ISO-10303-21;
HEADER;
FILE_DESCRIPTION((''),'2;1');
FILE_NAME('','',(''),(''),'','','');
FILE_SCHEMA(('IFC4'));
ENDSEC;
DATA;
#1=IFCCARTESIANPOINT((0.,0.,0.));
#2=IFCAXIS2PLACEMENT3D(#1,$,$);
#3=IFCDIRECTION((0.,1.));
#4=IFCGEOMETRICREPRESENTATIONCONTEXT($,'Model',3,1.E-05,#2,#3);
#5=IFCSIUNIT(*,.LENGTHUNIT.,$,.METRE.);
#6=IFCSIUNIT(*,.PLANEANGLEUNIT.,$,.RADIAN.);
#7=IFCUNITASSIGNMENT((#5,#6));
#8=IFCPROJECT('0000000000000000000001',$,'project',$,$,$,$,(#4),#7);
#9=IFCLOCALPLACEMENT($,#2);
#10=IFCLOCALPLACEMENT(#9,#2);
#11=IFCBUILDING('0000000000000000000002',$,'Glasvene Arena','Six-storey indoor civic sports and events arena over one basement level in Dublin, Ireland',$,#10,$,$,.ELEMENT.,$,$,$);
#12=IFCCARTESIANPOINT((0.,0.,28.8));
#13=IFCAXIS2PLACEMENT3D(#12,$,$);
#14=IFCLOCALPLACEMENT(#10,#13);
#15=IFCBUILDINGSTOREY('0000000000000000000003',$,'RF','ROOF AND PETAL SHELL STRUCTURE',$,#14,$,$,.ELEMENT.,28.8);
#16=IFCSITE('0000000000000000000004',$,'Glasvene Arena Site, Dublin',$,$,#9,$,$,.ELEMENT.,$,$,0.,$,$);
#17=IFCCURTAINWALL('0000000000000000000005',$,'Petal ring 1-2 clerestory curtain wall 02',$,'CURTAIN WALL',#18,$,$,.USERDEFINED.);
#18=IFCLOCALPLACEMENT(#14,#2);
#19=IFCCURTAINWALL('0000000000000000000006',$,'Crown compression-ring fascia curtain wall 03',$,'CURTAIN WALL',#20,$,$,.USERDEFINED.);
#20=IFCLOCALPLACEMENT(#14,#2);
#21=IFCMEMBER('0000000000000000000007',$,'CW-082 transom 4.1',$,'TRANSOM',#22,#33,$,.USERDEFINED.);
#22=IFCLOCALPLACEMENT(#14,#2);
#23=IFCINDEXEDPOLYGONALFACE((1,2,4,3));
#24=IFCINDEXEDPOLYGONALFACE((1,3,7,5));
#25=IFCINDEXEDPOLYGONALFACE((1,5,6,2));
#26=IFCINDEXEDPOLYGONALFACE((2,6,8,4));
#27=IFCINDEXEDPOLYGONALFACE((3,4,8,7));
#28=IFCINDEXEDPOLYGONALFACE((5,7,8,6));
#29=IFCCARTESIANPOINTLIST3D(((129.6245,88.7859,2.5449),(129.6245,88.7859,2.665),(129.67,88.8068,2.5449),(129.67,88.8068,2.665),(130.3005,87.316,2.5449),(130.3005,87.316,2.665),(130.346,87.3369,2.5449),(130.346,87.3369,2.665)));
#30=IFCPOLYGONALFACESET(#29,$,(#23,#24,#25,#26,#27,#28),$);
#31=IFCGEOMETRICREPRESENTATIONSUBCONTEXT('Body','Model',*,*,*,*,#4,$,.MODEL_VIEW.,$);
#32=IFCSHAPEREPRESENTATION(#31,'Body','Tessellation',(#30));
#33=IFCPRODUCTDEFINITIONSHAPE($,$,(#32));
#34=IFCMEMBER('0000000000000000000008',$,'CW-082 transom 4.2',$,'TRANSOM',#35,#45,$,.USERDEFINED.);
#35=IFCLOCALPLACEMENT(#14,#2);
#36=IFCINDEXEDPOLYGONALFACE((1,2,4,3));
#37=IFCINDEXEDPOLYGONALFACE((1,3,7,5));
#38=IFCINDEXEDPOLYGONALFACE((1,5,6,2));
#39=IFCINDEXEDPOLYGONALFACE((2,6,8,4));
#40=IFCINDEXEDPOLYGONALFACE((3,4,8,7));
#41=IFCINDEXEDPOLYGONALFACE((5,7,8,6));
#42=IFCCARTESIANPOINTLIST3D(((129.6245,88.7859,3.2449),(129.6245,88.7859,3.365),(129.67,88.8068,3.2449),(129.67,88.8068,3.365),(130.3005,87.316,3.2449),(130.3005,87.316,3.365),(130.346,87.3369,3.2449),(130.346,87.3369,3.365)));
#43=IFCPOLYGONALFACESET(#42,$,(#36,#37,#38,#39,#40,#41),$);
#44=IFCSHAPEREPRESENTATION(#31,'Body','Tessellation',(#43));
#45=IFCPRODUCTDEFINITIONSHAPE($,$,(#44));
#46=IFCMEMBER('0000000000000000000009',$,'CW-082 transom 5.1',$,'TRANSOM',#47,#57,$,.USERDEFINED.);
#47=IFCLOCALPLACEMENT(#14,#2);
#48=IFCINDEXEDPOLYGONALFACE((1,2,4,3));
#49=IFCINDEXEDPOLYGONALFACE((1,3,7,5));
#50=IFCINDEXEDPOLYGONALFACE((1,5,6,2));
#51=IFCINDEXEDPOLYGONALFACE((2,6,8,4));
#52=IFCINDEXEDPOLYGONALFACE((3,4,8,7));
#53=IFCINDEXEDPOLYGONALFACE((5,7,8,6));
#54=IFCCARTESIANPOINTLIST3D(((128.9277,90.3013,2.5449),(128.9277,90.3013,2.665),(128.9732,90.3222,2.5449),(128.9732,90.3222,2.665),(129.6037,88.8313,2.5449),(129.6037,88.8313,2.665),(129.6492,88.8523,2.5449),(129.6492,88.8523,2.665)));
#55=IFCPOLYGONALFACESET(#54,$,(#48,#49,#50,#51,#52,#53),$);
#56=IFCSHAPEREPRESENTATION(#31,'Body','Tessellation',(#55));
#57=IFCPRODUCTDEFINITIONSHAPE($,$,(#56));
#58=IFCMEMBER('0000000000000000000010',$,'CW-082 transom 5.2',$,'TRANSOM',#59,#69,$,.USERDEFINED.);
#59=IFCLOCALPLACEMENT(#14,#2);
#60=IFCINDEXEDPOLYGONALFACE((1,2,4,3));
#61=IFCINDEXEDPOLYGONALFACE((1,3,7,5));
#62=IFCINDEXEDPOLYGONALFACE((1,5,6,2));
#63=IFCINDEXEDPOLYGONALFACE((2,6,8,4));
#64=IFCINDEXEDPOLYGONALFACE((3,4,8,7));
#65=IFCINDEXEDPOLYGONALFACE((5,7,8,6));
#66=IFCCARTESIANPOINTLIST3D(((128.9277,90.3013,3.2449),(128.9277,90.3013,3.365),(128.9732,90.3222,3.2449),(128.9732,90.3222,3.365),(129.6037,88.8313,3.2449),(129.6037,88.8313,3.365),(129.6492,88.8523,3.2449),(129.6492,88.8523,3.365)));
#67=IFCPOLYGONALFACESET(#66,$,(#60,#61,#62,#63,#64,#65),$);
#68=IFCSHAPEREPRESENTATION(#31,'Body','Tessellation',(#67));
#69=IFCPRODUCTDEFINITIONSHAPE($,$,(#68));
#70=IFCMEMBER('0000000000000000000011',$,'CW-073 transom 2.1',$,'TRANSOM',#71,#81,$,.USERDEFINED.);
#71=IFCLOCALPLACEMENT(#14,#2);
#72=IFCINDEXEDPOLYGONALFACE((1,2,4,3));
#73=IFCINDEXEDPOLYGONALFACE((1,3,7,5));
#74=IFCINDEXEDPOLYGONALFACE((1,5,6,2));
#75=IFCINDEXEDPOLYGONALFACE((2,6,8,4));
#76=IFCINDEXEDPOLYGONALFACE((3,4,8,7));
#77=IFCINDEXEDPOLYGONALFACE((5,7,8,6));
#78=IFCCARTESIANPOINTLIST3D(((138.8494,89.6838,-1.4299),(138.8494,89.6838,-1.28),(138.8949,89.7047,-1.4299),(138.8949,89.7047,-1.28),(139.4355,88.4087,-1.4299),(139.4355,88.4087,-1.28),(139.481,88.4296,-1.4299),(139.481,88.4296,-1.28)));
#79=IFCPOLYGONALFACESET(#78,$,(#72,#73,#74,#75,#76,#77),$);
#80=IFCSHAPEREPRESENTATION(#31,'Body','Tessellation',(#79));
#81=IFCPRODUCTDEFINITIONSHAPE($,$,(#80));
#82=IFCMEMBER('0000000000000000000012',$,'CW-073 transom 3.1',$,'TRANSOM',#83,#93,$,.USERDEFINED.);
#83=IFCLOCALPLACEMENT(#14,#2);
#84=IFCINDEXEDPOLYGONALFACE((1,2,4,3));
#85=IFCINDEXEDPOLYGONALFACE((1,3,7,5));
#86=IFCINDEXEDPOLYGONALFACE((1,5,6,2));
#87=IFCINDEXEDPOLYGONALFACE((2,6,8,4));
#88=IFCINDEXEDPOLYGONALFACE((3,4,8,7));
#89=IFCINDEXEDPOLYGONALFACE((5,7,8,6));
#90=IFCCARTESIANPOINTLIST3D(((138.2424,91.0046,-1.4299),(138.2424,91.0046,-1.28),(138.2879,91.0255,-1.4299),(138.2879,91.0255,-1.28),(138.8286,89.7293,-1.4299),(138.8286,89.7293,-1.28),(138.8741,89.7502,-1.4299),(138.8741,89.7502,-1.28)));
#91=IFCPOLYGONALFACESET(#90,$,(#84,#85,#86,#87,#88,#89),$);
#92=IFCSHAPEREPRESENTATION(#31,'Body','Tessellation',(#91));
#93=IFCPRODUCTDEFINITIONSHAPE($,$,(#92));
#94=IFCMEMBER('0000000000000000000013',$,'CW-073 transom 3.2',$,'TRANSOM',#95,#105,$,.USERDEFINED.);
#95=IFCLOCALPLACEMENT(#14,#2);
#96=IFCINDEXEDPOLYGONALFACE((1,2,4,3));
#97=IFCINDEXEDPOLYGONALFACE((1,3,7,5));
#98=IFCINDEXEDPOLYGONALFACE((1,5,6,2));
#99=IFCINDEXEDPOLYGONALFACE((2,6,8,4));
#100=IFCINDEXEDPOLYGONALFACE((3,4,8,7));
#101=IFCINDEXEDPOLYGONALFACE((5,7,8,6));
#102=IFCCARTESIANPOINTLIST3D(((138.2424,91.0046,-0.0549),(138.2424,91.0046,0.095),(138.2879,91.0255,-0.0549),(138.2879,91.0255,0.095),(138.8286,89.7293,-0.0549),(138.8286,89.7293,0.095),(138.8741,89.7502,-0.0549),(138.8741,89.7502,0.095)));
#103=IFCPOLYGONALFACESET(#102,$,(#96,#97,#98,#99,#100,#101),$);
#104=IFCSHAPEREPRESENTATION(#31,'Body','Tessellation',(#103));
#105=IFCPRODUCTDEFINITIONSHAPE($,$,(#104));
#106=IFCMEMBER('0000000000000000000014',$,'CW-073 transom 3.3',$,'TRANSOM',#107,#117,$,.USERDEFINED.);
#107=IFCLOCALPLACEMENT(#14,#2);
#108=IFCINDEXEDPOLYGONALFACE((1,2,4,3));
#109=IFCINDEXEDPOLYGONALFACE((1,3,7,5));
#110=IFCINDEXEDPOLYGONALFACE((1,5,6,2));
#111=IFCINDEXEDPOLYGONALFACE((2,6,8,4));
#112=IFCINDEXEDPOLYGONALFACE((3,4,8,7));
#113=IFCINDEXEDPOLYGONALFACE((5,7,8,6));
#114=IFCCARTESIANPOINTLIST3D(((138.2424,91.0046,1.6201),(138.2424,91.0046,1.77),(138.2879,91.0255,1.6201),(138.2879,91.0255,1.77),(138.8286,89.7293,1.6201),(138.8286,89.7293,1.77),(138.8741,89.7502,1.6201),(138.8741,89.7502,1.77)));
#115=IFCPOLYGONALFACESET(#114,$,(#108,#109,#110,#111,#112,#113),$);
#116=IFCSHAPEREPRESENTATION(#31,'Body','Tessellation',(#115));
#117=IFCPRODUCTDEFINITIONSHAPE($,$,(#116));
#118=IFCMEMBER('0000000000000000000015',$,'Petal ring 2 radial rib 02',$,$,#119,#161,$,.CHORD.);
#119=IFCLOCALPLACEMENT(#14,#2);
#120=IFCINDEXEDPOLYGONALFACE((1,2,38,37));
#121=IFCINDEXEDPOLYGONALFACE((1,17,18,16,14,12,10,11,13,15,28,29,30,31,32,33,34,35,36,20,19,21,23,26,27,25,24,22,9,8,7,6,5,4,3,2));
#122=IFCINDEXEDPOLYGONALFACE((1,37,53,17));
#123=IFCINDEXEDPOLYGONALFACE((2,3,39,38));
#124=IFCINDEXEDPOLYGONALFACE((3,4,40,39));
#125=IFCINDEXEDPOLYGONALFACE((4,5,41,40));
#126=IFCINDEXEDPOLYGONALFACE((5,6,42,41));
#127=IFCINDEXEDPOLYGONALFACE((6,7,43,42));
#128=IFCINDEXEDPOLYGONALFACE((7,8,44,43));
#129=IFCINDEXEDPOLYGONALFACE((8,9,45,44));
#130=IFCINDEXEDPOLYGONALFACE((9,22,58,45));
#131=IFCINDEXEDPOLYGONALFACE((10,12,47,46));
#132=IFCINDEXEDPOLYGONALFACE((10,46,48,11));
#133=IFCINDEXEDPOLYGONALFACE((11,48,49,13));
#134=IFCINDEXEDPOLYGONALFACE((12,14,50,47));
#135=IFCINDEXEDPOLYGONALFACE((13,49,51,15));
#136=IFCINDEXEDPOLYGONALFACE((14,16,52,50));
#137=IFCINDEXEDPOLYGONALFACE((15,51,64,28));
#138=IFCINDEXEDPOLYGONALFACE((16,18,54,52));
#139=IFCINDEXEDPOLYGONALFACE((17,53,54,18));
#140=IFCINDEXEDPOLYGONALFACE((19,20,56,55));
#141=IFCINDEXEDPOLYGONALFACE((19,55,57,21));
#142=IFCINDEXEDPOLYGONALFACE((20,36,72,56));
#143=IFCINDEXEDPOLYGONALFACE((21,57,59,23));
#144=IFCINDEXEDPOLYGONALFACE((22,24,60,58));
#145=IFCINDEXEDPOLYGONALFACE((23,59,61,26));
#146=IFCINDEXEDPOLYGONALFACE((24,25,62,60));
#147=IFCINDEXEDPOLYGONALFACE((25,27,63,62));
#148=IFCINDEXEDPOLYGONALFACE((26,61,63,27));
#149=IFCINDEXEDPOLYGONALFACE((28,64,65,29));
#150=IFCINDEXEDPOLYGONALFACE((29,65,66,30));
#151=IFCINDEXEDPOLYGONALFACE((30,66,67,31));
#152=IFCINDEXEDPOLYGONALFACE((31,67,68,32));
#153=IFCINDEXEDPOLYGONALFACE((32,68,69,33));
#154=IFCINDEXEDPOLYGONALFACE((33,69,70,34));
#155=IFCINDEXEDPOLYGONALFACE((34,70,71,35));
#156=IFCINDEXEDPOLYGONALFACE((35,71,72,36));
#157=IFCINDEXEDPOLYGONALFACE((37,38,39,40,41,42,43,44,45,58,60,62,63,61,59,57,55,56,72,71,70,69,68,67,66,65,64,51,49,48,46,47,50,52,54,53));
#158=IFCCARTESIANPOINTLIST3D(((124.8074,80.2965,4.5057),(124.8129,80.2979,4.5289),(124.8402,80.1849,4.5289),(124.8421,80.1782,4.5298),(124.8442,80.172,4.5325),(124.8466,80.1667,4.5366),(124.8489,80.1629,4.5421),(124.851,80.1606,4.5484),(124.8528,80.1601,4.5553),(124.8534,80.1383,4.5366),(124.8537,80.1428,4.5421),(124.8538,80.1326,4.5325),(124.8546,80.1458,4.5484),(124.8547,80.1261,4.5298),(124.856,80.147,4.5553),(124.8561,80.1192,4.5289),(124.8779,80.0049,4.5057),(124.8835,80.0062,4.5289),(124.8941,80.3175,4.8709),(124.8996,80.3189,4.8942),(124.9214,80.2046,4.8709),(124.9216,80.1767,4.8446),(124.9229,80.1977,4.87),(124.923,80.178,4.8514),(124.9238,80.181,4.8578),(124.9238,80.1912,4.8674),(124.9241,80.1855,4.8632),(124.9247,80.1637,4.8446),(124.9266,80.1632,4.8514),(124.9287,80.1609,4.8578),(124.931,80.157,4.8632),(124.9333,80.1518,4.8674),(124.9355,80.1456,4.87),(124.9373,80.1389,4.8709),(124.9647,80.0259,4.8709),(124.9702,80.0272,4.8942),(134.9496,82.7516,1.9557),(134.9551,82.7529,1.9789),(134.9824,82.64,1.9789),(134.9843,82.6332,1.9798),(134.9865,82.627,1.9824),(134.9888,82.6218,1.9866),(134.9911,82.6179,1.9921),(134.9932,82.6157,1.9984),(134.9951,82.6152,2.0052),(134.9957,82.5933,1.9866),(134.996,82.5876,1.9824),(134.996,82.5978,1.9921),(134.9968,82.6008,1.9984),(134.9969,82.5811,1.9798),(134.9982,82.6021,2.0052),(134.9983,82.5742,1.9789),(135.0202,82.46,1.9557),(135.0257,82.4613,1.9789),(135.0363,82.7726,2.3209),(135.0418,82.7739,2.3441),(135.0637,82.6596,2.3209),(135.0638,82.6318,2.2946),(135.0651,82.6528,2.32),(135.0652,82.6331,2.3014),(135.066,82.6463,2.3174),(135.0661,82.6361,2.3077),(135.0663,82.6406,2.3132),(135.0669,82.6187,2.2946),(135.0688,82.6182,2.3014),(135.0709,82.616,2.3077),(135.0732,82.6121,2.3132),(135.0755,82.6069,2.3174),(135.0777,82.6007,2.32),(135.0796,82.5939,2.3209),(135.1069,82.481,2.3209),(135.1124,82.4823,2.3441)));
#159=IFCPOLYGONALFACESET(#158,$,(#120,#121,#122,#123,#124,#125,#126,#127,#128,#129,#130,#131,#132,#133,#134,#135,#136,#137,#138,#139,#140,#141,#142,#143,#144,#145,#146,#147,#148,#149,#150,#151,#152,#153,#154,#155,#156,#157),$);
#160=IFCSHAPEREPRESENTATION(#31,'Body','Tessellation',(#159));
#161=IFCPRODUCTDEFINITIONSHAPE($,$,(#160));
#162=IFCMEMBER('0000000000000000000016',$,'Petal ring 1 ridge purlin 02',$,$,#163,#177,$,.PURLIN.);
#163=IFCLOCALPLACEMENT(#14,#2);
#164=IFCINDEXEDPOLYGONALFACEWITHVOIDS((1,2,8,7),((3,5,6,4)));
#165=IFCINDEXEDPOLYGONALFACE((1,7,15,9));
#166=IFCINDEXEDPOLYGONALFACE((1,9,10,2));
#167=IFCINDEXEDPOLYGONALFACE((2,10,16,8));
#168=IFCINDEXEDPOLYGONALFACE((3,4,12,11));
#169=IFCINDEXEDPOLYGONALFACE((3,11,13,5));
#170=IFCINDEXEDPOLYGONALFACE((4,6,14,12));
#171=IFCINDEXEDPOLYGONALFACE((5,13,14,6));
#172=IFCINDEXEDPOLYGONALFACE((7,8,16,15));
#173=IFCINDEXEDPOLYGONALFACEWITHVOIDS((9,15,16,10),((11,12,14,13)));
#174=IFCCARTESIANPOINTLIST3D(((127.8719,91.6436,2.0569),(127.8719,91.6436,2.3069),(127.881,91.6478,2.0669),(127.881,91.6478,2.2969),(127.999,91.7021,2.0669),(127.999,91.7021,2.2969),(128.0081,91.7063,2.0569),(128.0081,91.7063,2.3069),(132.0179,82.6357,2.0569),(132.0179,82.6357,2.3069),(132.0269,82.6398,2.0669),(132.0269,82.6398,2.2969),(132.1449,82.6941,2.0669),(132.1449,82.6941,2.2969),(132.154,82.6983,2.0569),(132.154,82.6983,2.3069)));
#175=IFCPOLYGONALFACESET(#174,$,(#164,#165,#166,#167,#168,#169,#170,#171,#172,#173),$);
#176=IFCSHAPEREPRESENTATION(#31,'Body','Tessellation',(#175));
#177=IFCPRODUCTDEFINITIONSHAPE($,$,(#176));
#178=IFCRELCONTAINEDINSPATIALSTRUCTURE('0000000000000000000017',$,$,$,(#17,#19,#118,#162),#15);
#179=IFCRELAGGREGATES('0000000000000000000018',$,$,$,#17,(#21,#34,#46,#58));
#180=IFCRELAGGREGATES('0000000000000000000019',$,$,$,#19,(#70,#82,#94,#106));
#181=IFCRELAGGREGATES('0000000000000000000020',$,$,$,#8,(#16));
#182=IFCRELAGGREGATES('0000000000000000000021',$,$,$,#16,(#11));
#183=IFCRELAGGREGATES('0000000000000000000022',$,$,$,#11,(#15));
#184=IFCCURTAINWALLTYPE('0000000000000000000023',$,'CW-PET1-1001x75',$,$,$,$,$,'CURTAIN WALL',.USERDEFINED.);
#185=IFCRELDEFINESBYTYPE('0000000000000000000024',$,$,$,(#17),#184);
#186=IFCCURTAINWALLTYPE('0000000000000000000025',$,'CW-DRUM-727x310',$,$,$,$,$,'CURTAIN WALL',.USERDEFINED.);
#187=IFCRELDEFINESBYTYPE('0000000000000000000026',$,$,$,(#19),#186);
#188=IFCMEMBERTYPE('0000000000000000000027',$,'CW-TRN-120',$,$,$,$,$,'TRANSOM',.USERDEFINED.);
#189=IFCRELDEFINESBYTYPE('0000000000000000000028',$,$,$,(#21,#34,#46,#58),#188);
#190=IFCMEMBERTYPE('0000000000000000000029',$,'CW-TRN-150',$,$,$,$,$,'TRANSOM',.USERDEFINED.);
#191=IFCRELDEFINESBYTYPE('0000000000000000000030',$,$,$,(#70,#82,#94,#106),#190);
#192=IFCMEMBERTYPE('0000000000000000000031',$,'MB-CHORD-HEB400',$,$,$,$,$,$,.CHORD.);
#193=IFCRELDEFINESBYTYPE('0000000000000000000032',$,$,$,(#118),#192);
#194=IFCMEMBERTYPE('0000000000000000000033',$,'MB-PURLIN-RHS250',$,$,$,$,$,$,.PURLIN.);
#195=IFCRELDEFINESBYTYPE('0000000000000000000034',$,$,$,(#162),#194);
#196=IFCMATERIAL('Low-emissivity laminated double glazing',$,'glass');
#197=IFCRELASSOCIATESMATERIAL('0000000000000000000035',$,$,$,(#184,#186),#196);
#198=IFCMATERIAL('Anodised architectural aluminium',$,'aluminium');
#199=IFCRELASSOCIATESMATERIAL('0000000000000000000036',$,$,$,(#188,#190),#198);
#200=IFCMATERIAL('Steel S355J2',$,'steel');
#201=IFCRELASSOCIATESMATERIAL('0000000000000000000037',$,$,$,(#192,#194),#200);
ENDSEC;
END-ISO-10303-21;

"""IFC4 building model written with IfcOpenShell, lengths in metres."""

from ifc_helpers import new_model, si_unit, direction, frame, origin, origin_2d, place, context, subcontext, project, spatial, rectangle, hollow_rectangle, i_section, extrude, material, material_profile, profile_set, type_object, element, aggregate, save


model = new_model("IFC4")

# Units and contexts
model_context = context("Model", 3, precision=1e-05, world=origin(), true_north=direction((0.0, 1.0)))
body_context = subcontext(model_context, "Body", "Model", "MODEL_VIEW")
ifc_project = project(units=[si_unit("LENGTHUNIT", "METRE"), si_unit("PLANEANGLEUNIT", "RADIAN")], contexts=[model_context])

# Site, building, storey
site_placement = place(None, origin())
site = spatial("IfcSite", under=ifc_project, at=site_placement, Name="Glasvene Arena Site, Dublin", CompositionType="ELEMENT", RefElevation=0.0)
building_placement = place(site_placement, origin())
building = spatial("IfcBuilding", under=site, at=building_placement, Name="Glasvene Arena", Description="Six-storey indoor civic sports and events arena over one basement level in Dublin, Ireland", CompositionType="ELEMENT")
storey_placement = place(building_placement, frame((0.0, 0.0, 28.8)))
storey = spatial("IfcBuildingStorey", under=building, at=storey_placement, Name="RF", Description="ROOF AND PETAL SHELL STRUCTURE", CompositionType="ELEMENT", Elevation=28.8)

# Shared definitions
ifc_material_1 = material(Name="Low-emissivity laminated double glazing", Category="glass")
ifc_material_2 = material(Name="Anodised architectural aluminium", Category="aluminium")

# Curtain wall
curtain_wall_type_1 = type_object("IfcCurtainWallType", Name="CW-PET1-1001x75", ElementType="CURTAIN WALL", PredefinedType="USERDEFINED", material=ifc_material_1)
curtain_wall_1_placement = place(storey_placement, frame((132.4241, 82.7576, 0.0)))
curtain_wall_1 = element("IfcCurtainWall", 1, at=curtain_wall_1_placement, inside=storey, type_object=curtain_wall_type_1, Name="Petal ring 1-2 clerestory curtain wall 02", ObjectType="CURTAIN WALL", PredefinedType="USERDEFINED")

# Curtain wall
curtain_wall_type_2 = type_object("IfcCurtainWallType", Name="CW-DRUM-727x310", ElementType="CURTAIN WALL", PredefinedType="USERDEFINED", material=ifc_material_1)
curtain_wall_2_placement = place(storey_placement, frame((140.0759, 87.0757, 0.0)))
curtain_wall_2 = element("IfcCurtainWall", 2, at=curtain_wall_2_placement, inside=storey, type_object=curtain_wall_type_2, Name="Crown compression-ring fascia curtain wall 03", ObjectType="CURTAIN WALL", PredefinedType="USERDEFINED")

# Members
ifc_material_profile_1 = material_profile(ifc_material_2, rectangle(XDim=0.05, YDim=0.1201, at=origin_2d()), Name="ALU TRANSOM 50x120")
ifc_profile_set_1 = profile_set([ifc_material_profile_1], Name="Anodised architectural aluminium")
member_type_1 = type_object("IfcMemberType", Name="CW-TRN-120", ElementType="TRANSOM", PredefinedType="USERDEFINED", material=ifc_profile_set_1)
member_1_placement = place(storey_placement, frame((130.3232, 87.3264, 2.605), z_axis=(-0.417823, 0.908528, 0.0), x_axis=(-0.908528, -0.417823, 0.0)))
member_1 = element("IfcMember", 3, at=member_1_placement, type_object=member_type_1, Name="CW-082 transom 4.1", ObjectType="TRANSOM", PredefinedType="USERDEFINED", context=body_context, shape_type="SweptSolid", body=[
    extrude(rectangle(XDim=0.05, YDim=0.1201, at=origin_2d()), origin(), (0.0, 0.0, 1.0), 1.6179),
])
member_2_placement = place(storey_placement, frame((130.3232, 87.3264, 3.3049), z_axis=(-0.417823, 0.908528, 0.0), x_axis=(-0.908528, -0.417823, 0.0)))
member_2 = element("IfcMember", 4, at=member_2_placement, type_object=member_type_1, Name="CW-082 transom 4.2", ObjectType="TRANSOM", PredefinedType="USERDEFINED", context=body_context, shape_type="SweptSolid", body=[
    extrude(rectangle(XDim=0.05, YDim=0.1201, at=origin_2d()), origin(), (0.0, 0.0, 1.0), 1.6179),
])
member_3_placement = place(storey_placement, frame((129.6265, 88.8418, 2.605), z_axis=(-0.417823, 0.908528, 0.0), x_axis=(-0.908528, -0.417823, 0.0)))
member_3 = element("IfcMember", 5, at=member_3_placement, type_object=member_type_1, Name="CW-082 transom 5.1", ObjectType="TRANSOM", PredefinedType="USERDEFINED", context=body_context, shape_type="SweptSolid", body=[
    extrude(rectangle(XDim=0.05, YDim=0.1201, at=origin_2d()), origin(), (0.0, 0.0, 1.0), 1.6179),
])
member_4_placement = place(storey_placement, frame((129.6265, 88.8418, 3.3049), z_axis=(-0.417823, 0.908528, 0.0), x_axis=(-0.908528, -0.417823, 0.0)))
member_4 = element("IfcMember", 6, at=member_4_placement, type_object=member_type_1, Name="CW-082 transom 5.2", ObjectType="TRANSOM", PredefinedType="USERDEFINED", context=body_context, shape_type="SweptSolid", body=[
    extrude(rectangle(XDim=0.05, YDim=0.1201, at=origin_2d()), origin(), (0.0, 0.0, 1.0), 1.6179),
])
ifc_material_profile_2 = material_profile(ifc_material_2, rectangle(XDim=0.05, YDim=0.1499, at=origin_2d()), Name="ALU TRANSOM 50x150")
ifc_profile_set_2 = profile_set([ifc_material_profile_2], Name="Anodised architectural aluminium")
member_type_2 = type_object("IfcMemberType", Name="CW-TRN-150", ElementType="TRANSOM", PredefinedType="USERDEFINED", material=ifc_profile_set_2)
member_5_placement = place(storey_placement, frame((139.4583, 88.4192, -1.355), z_axis=(-0.417679, 0.908595, 0.0), x_axis=(-0.908595, -0.417679, 0.0)))
member_5 = element("IfcMember", 7, at=member_5_placement, type_object=member_type_2, Name="CW-073 transom 2.1", ObjectType="TRANSOM", PredefinedType="USERDEFINED", context=body_context, shape_type="SweptSolid", body=[
    extrude(rectangle(XDim=0.05, YDim=0.1499, at=origin_2d()), origin(), (0.0, 0.0, 1.0), 1.4033),
])
member_6_placement = place(storey_placement, frame((138.8513, 89.7397, -1.355), z_axis=(-0.417613, 0.908625, 0.0), x_axis=(-0.908625, -0.417613, 0.0)))
member_6 = element("IfcMember", 8, at=member_6_placement, type_object=member_type_2, Name="CW-073 transom 3.1", ObjectType="TRANSOM", PredefinedType="USERDEFINED", context=body_context, shape_type="SweptSolid", body=[
    extrude(rectangle(XDim=0.05, YDim=0.1499, at=origin_2d()), origin(), (0.0, 0.0, 1.0), 1.4036),
])
member_7_placement = place(storey_placement, frame((138.8513, 89.7397, 0.02), z_axis=(-0.417613, 0.908625, 0.0), x_axis=(-0.908625, -0.417613, 0.0)))
member_7 = element("IfcMember", 9, at=member_7_placement, type_object=member_type_2, Name="CW-073 transom 3.2", ObjectType="TRANSOM", PredefinedType="USERDEFINED", context=body_context, shape_type="SweptSolid", body=[
    extrude(rectangle(XDim=0.05, YDim=0.1499, at=origin_2d()), origin(), (0.0, 0.0, 1.0), 1.4036),
])
member_8_placement = place(storey_placement, frame((138.8513, 89.7397, 1.6951), z_axis=(-0.417613, 0.908625, 0.0), x_axis=(-0.908625, -0.417613, 0.0)))
member_8 = element("IfcMember", 10, at=member_8_placement, type_object=member_type_2, Name="CW-073 transom 3.3", ObjectType="TRANSOM", PredefinedType="USERDEFINED", context=body_context, shape_type="SweptSolid", body=[
    extrude(rectangle(XDim=0.05, YDim=0.1499, at=origin_2d()), origin(), (0.0, 0.0, 1.0), 1.4036),
])

# Members
ifc_material_3 = material(Name="Steel S355J2", Category="steel")
ifc_material_profile_3 = material_profile(ifc_material_3, i_section(OverallWidth=0.3, OverallDepth=0.3999, WebThickness=0.0134, FlangeThickness=0.0239, FilletRadius=0.0271, at=origin_2d()), Name="HEB 400")
ifc_profile_set_3 = profile_set([ifc_material_profile_3], Name="Steel S355J2")
member_type_3 = type_object("IfcMemberType", Name="MB-CHORD-HEB400", PredefinedType="CHORD", material=ifc_profile_set_3)
member_9_placement = place(storey_placement, frame((135.031, 82.6169, 2.1499), z_axis=(-0.944149, -0.228543, 0.237384), x_axis=(0.235268, -0.971931, 0.0)))
element("IfcMember", 11, at=member_9_placement, inside=storey, type_object=member_type_3, Name="Petal ring 2 radial rib 02", PredefinedType="CHORD", context=body_context, shape_type="SweptSolid", body=[
    extrude(i_section(OverallWidth=0.3, OverallDepth=0.3999, WebThickness=0.0134, FlangeThickness=0.0239, FilletRadius=0.0271, at=origin_2d()), origin(), (0.0, 0.0, 1.0), 10.7422),
])
ifc_material_profile_4 = material_profile(ifc_material_3, hollow_rectangle(XDim=0.1499, YDim=0.25, WallThickness=0.01, at=origin_2d()), Name="RHS 250x150x10.0")
ifc_profile_set_4 = profile_set([ifc_material_profile_4], Name="Steel S355J2")
member_type_4 = type_object("IfcMemberType", Name="MB-PURLIN-RHS250", PredefinedType="PURLIN", material=ifc_profile_set_4)
member_10_placement = place(storey_placement, frame((132.0859, 82.667, 2.1819), z_axis=(-0.418096, 0.908403, 0.0), x_axis=(-0.908403, -0.418096, 0.0)))
element("IfcMember", 12, at=member_10_placement, inside=storey, type_object=member_type_4, Name="Petal ring 1 ridge purlin 02", PredefinedType="PURLIN", context=body_context, shape_type="SweptSolid", body=[
    extrude(hollow_rectangle(XDim=0.1499, YDim=0.25, WallThickness=0.01, at=origin_2d()), origin(), (0.0, 0.0, 1.0), 9.9163),
])

aggregate(curtain_wall_1, [member_1, member_2, member_3, member_4])
aggregate(curtain_wall_2, [member_5, member_6, member_7, member_8])

save(model, "model.ifc")
